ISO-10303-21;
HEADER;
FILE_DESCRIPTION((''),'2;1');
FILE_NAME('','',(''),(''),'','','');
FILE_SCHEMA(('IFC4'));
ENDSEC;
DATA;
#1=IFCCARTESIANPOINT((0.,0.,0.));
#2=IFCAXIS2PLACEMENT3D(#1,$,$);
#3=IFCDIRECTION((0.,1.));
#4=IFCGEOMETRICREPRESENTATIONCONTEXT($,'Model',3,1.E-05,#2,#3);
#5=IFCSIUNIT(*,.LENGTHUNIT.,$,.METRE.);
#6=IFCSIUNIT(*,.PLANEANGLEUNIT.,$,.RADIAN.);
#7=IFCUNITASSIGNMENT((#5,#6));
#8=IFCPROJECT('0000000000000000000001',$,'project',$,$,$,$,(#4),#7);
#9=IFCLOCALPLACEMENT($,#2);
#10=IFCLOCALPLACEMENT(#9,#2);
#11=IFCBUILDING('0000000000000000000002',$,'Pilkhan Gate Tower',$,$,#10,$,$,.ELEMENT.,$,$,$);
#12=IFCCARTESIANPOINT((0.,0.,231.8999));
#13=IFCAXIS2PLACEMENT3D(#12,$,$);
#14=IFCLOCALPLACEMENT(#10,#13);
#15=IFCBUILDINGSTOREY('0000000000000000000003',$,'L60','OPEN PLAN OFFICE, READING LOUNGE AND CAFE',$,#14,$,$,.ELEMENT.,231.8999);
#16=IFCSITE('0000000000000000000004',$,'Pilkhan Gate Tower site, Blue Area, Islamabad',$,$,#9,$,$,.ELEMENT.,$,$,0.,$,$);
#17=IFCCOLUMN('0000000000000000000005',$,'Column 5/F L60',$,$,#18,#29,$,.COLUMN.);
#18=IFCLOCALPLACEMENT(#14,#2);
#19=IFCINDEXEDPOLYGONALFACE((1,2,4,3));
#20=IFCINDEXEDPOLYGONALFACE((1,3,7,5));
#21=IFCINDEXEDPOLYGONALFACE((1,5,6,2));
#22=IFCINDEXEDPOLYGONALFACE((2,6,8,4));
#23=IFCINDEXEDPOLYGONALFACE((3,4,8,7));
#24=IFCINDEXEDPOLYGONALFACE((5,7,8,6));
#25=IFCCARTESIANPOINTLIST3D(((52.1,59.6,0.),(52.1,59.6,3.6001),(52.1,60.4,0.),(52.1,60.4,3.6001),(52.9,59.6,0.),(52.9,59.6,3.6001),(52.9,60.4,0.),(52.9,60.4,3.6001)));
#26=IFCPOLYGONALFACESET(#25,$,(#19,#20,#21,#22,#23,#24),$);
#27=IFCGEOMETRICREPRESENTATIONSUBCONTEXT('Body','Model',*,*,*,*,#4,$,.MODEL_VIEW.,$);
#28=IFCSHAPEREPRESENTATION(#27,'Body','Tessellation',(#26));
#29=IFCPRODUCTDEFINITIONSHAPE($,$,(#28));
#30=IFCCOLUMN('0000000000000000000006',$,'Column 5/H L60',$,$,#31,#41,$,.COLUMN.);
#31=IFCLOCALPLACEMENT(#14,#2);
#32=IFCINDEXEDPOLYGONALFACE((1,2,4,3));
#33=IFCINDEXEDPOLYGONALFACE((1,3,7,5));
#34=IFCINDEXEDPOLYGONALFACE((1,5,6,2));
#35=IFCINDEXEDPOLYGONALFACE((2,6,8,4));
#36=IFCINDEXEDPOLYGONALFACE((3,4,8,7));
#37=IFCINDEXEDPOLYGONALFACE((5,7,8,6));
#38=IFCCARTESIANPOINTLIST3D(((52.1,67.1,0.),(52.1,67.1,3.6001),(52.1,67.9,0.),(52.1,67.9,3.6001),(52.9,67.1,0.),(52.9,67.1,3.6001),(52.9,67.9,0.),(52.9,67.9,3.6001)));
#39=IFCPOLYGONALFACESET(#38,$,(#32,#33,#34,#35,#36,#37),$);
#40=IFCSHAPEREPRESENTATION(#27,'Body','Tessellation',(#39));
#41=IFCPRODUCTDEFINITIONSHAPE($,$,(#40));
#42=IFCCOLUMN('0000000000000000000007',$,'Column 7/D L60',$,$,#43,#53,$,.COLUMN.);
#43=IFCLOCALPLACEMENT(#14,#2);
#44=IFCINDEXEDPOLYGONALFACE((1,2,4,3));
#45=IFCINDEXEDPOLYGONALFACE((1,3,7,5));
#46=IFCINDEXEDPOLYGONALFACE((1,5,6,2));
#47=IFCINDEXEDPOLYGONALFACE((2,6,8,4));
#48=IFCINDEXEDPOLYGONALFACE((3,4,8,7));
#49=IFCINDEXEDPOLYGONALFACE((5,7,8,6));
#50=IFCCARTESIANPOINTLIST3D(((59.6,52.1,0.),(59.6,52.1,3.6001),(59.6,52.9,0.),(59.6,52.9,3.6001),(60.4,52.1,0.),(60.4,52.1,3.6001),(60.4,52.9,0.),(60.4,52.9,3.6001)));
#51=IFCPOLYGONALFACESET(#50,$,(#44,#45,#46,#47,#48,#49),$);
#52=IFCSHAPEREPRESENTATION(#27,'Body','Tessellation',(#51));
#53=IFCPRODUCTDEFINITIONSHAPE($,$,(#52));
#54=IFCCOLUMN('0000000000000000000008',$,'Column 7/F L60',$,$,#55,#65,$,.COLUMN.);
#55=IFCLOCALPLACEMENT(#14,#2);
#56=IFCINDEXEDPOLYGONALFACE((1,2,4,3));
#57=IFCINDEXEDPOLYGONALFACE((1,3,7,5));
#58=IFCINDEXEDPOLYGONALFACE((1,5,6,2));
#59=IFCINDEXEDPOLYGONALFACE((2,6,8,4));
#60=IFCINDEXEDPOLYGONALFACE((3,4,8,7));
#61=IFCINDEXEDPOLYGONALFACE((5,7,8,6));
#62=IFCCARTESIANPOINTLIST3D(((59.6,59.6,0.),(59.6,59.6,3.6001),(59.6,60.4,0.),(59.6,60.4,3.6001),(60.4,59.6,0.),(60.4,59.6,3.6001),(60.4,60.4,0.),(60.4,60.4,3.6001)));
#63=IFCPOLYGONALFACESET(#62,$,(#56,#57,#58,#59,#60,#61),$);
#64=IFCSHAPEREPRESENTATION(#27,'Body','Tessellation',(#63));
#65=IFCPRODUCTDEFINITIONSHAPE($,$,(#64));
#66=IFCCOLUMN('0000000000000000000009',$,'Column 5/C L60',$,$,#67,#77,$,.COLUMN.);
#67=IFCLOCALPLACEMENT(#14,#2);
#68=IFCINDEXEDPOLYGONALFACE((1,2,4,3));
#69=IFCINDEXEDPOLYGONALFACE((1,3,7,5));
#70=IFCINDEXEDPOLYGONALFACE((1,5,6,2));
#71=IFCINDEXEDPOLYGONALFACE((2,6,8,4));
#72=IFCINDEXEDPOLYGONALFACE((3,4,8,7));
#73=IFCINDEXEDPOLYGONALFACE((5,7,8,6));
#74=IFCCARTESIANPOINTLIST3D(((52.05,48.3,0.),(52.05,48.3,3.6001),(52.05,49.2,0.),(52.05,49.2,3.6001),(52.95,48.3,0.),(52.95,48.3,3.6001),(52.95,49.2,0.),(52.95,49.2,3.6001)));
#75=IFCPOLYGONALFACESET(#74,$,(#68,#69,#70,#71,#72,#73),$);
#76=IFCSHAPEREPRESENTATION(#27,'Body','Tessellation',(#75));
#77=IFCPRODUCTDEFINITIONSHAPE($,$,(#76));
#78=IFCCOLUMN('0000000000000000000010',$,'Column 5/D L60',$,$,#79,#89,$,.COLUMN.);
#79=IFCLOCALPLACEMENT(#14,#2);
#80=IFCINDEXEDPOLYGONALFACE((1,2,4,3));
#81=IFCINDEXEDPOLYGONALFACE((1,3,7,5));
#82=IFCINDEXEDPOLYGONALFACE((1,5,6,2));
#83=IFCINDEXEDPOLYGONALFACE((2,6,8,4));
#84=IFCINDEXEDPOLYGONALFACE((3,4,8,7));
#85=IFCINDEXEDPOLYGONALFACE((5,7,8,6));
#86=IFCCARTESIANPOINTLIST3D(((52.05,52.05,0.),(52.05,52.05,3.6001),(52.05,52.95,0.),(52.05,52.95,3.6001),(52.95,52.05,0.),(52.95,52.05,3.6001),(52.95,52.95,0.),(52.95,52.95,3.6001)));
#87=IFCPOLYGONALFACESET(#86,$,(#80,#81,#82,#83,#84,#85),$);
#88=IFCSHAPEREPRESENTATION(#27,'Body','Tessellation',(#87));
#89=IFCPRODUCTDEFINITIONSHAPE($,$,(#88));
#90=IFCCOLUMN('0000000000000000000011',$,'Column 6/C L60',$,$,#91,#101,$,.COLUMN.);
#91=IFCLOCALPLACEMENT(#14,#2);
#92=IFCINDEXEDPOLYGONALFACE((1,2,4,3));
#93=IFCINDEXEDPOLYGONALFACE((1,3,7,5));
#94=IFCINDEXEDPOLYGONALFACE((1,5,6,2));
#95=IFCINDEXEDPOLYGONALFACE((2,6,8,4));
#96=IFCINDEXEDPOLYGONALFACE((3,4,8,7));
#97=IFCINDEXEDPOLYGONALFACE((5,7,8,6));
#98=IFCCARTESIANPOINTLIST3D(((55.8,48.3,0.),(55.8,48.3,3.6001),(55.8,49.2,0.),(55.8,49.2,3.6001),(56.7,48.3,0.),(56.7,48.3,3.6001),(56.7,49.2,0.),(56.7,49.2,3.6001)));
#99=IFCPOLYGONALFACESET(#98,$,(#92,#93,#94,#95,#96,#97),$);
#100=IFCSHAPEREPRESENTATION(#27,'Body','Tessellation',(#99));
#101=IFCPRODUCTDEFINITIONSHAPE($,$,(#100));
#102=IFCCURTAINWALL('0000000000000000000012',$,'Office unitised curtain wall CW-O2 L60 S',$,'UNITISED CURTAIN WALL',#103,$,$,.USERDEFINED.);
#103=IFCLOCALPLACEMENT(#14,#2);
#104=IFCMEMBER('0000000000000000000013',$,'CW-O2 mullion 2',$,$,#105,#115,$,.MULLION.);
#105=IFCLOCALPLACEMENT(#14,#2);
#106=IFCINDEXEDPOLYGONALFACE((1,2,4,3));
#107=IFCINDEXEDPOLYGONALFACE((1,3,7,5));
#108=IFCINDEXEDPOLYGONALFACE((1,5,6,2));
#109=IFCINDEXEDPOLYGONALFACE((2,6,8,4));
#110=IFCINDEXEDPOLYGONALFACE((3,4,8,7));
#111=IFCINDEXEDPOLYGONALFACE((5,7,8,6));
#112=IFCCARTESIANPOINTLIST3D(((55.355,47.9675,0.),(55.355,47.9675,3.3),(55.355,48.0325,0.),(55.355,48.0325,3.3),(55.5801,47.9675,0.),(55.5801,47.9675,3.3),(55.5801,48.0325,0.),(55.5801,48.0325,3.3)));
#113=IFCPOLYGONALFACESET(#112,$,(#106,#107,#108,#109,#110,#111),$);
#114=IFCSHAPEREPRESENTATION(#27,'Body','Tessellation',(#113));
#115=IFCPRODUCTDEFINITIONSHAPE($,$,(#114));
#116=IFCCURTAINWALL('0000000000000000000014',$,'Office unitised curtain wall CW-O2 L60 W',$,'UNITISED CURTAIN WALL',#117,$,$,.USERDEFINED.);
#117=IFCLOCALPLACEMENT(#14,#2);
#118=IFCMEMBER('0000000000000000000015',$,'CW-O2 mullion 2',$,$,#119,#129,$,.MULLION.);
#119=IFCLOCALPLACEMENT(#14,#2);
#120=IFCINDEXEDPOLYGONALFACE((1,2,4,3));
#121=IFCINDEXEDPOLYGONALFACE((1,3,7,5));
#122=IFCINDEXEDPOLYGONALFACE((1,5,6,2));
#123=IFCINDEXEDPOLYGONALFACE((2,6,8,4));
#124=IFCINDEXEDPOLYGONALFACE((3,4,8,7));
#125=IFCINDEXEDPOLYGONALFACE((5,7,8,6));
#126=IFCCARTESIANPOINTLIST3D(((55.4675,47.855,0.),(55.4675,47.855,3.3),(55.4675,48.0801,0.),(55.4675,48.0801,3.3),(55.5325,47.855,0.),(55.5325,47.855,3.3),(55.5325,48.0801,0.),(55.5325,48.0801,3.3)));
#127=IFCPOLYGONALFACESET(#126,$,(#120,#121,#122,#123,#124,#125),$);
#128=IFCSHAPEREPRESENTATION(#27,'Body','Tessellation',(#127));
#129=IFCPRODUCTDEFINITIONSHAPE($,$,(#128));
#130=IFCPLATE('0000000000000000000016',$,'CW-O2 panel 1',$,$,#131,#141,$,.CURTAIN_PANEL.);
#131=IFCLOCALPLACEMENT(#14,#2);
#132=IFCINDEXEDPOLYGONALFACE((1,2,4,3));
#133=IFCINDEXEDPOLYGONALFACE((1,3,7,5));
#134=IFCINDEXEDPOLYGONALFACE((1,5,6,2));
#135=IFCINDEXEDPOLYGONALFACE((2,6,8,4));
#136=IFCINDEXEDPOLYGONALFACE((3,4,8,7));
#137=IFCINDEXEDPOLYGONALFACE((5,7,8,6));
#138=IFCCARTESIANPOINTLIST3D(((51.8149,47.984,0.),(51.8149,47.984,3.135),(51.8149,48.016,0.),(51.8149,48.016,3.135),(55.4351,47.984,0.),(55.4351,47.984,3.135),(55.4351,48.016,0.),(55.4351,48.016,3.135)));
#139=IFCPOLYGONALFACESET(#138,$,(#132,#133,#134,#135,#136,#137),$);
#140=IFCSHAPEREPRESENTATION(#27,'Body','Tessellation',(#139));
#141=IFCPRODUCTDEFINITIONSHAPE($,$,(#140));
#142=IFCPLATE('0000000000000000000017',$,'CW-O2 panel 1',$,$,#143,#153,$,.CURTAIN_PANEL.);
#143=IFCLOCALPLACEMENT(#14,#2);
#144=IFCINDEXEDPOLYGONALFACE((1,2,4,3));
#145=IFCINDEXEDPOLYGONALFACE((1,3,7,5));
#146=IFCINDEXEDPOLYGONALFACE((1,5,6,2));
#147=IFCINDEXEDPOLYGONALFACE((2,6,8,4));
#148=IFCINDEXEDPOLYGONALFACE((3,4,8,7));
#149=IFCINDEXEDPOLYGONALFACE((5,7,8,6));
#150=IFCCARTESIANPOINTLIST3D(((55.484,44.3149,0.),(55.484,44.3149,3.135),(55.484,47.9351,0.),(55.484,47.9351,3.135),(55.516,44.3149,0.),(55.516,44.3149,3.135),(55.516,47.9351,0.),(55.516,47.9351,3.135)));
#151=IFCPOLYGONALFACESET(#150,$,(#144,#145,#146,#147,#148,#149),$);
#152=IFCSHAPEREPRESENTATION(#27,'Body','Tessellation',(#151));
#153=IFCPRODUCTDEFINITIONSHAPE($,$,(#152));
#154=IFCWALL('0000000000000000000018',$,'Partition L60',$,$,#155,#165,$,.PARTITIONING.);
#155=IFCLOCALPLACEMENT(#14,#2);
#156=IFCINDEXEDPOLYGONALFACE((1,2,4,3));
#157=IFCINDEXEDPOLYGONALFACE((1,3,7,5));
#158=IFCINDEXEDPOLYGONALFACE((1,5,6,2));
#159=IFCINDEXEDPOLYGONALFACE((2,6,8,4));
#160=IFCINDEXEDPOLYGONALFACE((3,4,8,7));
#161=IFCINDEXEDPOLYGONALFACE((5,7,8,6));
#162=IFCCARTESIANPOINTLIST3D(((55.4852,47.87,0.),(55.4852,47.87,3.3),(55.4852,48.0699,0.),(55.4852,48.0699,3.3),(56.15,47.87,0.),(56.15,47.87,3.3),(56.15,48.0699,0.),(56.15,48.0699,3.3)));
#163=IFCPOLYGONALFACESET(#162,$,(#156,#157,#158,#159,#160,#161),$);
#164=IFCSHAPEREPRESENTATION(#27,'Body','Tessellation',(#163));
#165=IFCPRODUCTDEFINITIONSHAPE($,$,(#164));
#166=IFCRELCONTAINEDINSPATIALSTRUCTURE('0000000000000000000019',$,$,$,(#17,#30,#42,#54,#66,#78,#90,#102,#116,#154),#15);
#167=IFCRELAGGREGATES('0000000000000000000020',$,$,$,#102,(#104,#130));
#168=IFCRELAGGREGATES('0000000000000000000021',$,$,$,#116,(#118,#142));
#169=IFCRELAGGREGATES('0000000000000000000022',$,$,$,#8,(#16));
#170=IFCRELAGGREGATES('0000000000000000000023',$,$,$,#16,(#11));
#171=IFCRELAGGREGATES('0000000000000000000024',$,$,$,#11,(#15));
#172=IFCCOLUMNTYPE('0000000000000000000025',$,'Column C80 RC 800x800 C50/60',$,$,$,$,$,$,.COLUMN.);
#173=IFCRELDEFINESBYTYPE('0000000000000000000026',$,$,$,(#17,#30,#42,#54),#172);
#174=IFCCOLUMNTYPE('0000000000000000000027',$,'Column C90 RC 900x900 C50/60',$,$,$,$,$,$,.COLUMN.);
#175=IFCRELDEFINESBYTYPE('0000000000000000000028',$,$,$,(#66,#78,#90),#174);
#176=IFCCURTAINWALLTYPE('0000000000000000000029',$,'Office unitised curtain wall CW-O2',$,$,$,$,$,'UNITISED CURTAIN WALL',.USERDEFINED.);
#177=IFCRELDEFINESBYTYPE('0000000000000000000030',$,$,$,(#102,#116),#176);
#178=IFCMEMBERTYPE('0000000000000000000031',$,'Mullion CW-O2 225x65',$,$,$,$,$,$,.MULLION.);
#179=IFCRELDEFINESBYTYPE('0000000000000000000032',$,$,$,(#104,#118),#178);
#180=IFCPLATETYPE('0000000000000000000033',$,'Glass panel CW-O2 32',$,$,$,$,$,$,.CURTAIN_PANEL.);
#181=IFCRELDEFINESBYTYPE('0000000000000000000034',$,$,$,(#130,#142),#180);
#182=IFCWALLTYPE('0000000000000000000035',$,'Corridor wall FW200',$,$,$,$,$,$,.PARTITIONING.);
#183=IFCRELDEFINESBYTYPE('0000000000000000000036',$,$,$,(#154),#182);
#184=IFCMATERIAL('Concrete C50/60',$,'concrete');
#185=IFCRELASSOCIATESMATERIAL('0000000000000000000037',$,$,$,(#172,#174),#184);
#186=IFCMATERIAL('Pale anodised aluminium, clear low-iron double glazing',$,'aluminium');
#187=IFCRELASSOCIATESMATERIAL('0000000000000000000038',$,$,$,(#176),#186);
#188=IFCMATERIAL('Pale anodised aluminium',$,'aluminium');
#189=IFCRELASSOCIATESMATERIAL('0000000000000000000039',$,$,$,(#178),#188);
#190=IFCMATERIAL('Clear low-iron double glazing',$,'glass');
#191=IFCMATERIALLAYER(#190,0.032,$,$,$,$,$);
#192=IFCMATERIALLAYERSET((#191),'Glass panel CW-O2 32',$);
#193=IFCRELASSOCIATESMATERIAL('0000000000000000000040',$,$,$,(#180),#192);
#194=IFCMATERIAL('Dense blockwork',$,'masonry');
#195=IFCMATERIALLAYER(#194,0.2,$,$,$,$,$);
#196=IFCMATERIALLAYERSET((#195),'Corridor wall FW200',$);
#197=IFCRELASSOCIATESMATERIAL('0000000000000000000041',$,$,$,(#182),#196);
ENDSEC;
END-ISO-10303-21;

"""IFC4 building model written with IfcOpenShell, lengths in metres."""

from ifc_helpers import new_model, si_unit, direction, frame, frame_2d, origin, origin_2d, place, context, subcontext, project, spatial, rectangle, extrude, material, layer, layer_set, material_profile, profile_set, type_object, element, aggregate, save


model = new_model("IFC4")

# Units and contexts
model_context = context("Model", 3, precision=1e-05, world=origin(), true_north=direction((0.0, 1.0)))
body_context = subcontext(model_context, "Body", "Model", "MODEL_VIEW")
ifc_project = project(units=[si_unit("LENGTHUNIT", "METRE"), si_unit("PLANEANGLEUNIT", "RADIAN")], contexts=[model_context])

# Site, building, storey
site_placement = place(None, origin())
site = spatial("IfcSite", under=ifc_project, at=site_placement, Name="Pilkhan Gate Tower site, Blue Area, Islamabad", CompositionType="ELEMENT", RefElevation=0.0)
building_placement = place(site_placement, origin())
building = spatial("IfcBuilding", under=site, at=building_placement, Name="Pilkhan Gate Tower", CompositionType="ELEMENT")
storey_placement = place(building_placement, frame((0.0, 0.0, 231.8999)))
storey = spatial("IfcBuildingStorey", under=building, at=storey_placement, Name="L60", Description="OPEN PLAN OFFICE, READING LOUNGE AND CAFE", CompositionType="ELEMENT", Elevation=231.8999)

# Columns
ifc_material_1 = material(Name="Concrete C50/60", Category="concrete")
ifc_material_profile_1 = material_profile(ifc_material_1, rectangle(XDim=0.8, YDim=0.8, at=origin_2d()), Name="RC 800x800")
ifc_profile_set_1 = profile_set([ifc_material_profile_1], Name="Concrete C50/60")
column_type_1 = type_object("IfcColumnType", Name="Column C80 RC 800x800 C50/60", PredefinedType="COLUMN", material=ifc_profile_set_1)
for number, where, z_axis, x_axis, name in (
    (1, (52.5, 60.0, 0.0), (0.0, 0.0, 1.0), (1.0, 0.0, 0.0), "Column 5/F L60"),
    (2, (52.5, 67.5, 0.0), (0.0, 0.0, 1.0), (1.0, 0.0, 0.0), "Column 5/H L60"),
    (3, (60.0, 52.5, 0.0), (0.0, 0.0, 1.0), (1.0, 0.0, 0.0), "Column 7/D L60"),
    (4, (60.0, 60.0, 0.0), (0.0, 0.0, 1.0), (1.0, 0.0, 0.0), "Column 7/F L60"),
):
    element("IfcColumn", number, at=place(storey_placement, frame(where, z_axis=z_axis, x_axis=x_axis)), inside=storey, type_object=column_type_1, Name=name, PredefinedType="COLUMN", context=body_context, shape_type="SweptSolid", body=[
        extrude(rectangle(XDim=0.8, YDim=0.8, at=origin_2d()), origin(), (0.0, 0.0, 1.0), 3.6001),
    ])
ifc_material_profile_2 = material_profile(ifc_material_1, rectangle(XDim=0.8999, YDim=0.8999, at=origin_2d()), Name="RC 900x900")
ifc_profile_set_2 = profile_set([ifc_material_profile_2], Name="Concrete C50/60")
column_type_2 = type_object("IfcColumnType", Name="Column C90 RC 900x900 C50/60", PredefinedType="COLUMN", material=ifc_profile_set_2)
for number, where, z_axis, x_axis, name in (
    (5, (52.5, 48.75, 0.0), (0.0, 0.0, 1.0), (1.0, 0.0, 0.0), "Column 5/C L60"),
    (6, (52.5, 52.5, 0.0), (0.0, 0.0, 1.0), (1.0, 0.0, 0.0), "Column 5/D L60"),
    (7, (56.25, 48.75, 0.0), (0.0, 0.0, 1.0), (1.0, 0.0, 0.0), "Column 6/C L60"),
):
    element("IfcColumn", number, at=place(storey_placement, frame(where, z_axis=z_axis, x_axis=x_axis)), inside=storey, type_object=column_type_2, Name=name, PredefinedType="COLUMN", context=body_context, shape_type="SweptSolid", body=[
        extrude(rectangle(XDim=0.8999, YDim=0.8999, at=origin_2d()), origin(), (0.0, 0.0, 1.0), 3.6001),
    ])

# Curtain walls, members
ifc_material_2 = material(Name="Pale anodised aluminium, clear low-iron double glazing", Category="aluminium")
curtain_wall_type = type_object("IfcCurtainWallType", Name="Office unitised curtain wall CW-O2", ElementType="UNITISED CURTAIN WALL", PredefinedType="USERDEFINED", material=ifc_material_2)
curtain_wall_1_placement = place(storey_placement, origin())
curtain_wall_1 = element("IfcCurtainWall", 8, at=curtain_wall_1_placement, inside=storey, type_object=curtain_wall_type, Name="Office unitised curtain wall CW-O2 L60 S", ObjectType="UNITISED CURTAIN WALL", PredefinedType="USERDEFINED")
ifc_material_3 = material(Name="Pale anodised aluminium", Category="aluminium")
ifc_material_profile_3 = material_profile(ifc_material_3, rectangle(XDim=0.0649, YDim=0.2251, at=origin_2d()), Name="Mullion 225x65")
ifc_profile_set_3 = profile_set([ifc_material_profile_3], Name="Pale anodised aluminium")
member_type = type_object("IfcMemberType", Name="Mullion CW-O2 225x65", PredefinedType="MULLION", material=ifc_profile_set_3)
member_1_placement = place(storey_placement, frame((55.4675, 48.0, 0.0), z_axis=(0.0, 0.0, 1.0), x_axis=(0.0, 1.0, 0.0)))
member_1 = element("IfcMember", 9, at=member_1_placement, type_object=member_type, Name="CW-O2 mullion 2", PredefinedType="MULLION", context=body_context, shape_type="SweptSolid", body=[
    extrude(rectangle(XDim=0.0649, YDim=0.2251, at=origin_2d()), origin(), (0.0, 0.0, 1.0), 3.3),
])
curtain_wall_2_placement = place(storey_placement, origin())
curtain_wall_2 = element("IfcCurtainWall", 10, at=curtain_wall_2_placement, inside=storey, type_object=curtain_wall_type, Name="Office unitised curtain wall CW-O2 L60 W", ObjectType="UNITISED CURTAIN WALL", PredefinedType="USERDEFINED")
member_2_placement = place(storey_placement, frame((55.5, 47.9675, 0.0), z_axis=(0.0, 0.0, 1.0), x_axis=(-1.0, 0.0, 0.0)))
member_2 = element("IfcMember", 11, at=member_2_placement, type_object=member_type, Name="CW-O2 mullion 2", PredefinedType="MULLION", context=body_context, shape_type="SweptSolid", body=[
    extrude(rectangle(XDim=0.0649, YDim=0.2251, at=origin_2d()), origin(), (0.0, 0.0, 1.0), 3.3),
])

# Plates
ifc_material_4 = material(Name="Clear low-iron double glazing", Category="glass")
ifc_layer_1 = layer(ifc_material_4, 0.032)
ifc_layer_set_1 = layer_set([ifc_layer_1], Name="Glass panel CW-O2 32")
plate_type = type_object("IfcPlateType", Name="Glass panel CW-O2 32", PredefinedType="CURTAIN_PANEL", material=ifc_layer_set_1)
plate_1_placement = place(storey_placement, frame((53.625, 48.0, 0.0), z_axis=(0.0, 0.0, 1.0), x_axis=(1.0, 0.0, 0.0)))
plate_1 = element("IfcPlate", 12, at=plate_1_placement, type_object=plate_type, Name="CW-O2 panel 1", PredefinedType="CURTAIN_PANEL", context=body_context, shape_type="SweptSolid", body=[
    extrude(rectangle(XDim=3.6201, YDim=0.032, at=origin_2d()), origin(), (0.0, 0.0, 1.0), 3.135),
])
aggregate(curtain_wall_1, [member_1, plate_1])
plate_2_placement = place(storey_placement, frame((55.5, 46.125, 0.0), z_axis=(0.0, 0.0, 1.0), x_axis=(0.0, 1.0, 0.0)))
plate_2 = element("IfcPlate", 13, at=plate_2_placement, type_object=plate_type, Name="CW-O2 panel 1", PredefinedType="CURTAIN_PANEL", context=body_context, shape_type="SweptSolid", body=[
    extrude(rectangle(XDim=3.6201, YDim=0.032, at=origin_2d()), origin(), (0.0, 0.0, 1.0), 3.135),
])
aggregate(curtain_wall_2, [member_2, plate_2])

# Wall
ifc_material_5 = material(Name="Dense blockwork", Category="masonry")
ifc_layer_2 = layer(ifc_material_5, 0.2)
ifc_layer_set_2 = layer_set([ifc_layer_2], Name="Corridor wall FW200")
wall_type_1 = type_object("IfcWallType", Name="Corridor wall FW200", PredefinedType="PARTITIONING", material=ifc_layer_set_2)
wall_1_placement = place(storey_placement, frame((55.4851, 47.97, 0.0), z_axis=(0.0, 0.0, 1.0), x_axis=(1.0, 0.0, 0.0)))
element("IfcWall", 14, at=wall_1_placement, inside=storey, type_object=wall_type_1, Name="Partition L60", PredefinedType="PARTITIONING", context=body_context, shape_type="SweptSolid", body=[
    extrude(rectangle(XDim=0.6648, YDim=0.2, at=frame_2d((0.3325, 0.0))), origin(), (0.0, 0.0, 1.0), 3.3),
])

save(model, "model.ifc")
